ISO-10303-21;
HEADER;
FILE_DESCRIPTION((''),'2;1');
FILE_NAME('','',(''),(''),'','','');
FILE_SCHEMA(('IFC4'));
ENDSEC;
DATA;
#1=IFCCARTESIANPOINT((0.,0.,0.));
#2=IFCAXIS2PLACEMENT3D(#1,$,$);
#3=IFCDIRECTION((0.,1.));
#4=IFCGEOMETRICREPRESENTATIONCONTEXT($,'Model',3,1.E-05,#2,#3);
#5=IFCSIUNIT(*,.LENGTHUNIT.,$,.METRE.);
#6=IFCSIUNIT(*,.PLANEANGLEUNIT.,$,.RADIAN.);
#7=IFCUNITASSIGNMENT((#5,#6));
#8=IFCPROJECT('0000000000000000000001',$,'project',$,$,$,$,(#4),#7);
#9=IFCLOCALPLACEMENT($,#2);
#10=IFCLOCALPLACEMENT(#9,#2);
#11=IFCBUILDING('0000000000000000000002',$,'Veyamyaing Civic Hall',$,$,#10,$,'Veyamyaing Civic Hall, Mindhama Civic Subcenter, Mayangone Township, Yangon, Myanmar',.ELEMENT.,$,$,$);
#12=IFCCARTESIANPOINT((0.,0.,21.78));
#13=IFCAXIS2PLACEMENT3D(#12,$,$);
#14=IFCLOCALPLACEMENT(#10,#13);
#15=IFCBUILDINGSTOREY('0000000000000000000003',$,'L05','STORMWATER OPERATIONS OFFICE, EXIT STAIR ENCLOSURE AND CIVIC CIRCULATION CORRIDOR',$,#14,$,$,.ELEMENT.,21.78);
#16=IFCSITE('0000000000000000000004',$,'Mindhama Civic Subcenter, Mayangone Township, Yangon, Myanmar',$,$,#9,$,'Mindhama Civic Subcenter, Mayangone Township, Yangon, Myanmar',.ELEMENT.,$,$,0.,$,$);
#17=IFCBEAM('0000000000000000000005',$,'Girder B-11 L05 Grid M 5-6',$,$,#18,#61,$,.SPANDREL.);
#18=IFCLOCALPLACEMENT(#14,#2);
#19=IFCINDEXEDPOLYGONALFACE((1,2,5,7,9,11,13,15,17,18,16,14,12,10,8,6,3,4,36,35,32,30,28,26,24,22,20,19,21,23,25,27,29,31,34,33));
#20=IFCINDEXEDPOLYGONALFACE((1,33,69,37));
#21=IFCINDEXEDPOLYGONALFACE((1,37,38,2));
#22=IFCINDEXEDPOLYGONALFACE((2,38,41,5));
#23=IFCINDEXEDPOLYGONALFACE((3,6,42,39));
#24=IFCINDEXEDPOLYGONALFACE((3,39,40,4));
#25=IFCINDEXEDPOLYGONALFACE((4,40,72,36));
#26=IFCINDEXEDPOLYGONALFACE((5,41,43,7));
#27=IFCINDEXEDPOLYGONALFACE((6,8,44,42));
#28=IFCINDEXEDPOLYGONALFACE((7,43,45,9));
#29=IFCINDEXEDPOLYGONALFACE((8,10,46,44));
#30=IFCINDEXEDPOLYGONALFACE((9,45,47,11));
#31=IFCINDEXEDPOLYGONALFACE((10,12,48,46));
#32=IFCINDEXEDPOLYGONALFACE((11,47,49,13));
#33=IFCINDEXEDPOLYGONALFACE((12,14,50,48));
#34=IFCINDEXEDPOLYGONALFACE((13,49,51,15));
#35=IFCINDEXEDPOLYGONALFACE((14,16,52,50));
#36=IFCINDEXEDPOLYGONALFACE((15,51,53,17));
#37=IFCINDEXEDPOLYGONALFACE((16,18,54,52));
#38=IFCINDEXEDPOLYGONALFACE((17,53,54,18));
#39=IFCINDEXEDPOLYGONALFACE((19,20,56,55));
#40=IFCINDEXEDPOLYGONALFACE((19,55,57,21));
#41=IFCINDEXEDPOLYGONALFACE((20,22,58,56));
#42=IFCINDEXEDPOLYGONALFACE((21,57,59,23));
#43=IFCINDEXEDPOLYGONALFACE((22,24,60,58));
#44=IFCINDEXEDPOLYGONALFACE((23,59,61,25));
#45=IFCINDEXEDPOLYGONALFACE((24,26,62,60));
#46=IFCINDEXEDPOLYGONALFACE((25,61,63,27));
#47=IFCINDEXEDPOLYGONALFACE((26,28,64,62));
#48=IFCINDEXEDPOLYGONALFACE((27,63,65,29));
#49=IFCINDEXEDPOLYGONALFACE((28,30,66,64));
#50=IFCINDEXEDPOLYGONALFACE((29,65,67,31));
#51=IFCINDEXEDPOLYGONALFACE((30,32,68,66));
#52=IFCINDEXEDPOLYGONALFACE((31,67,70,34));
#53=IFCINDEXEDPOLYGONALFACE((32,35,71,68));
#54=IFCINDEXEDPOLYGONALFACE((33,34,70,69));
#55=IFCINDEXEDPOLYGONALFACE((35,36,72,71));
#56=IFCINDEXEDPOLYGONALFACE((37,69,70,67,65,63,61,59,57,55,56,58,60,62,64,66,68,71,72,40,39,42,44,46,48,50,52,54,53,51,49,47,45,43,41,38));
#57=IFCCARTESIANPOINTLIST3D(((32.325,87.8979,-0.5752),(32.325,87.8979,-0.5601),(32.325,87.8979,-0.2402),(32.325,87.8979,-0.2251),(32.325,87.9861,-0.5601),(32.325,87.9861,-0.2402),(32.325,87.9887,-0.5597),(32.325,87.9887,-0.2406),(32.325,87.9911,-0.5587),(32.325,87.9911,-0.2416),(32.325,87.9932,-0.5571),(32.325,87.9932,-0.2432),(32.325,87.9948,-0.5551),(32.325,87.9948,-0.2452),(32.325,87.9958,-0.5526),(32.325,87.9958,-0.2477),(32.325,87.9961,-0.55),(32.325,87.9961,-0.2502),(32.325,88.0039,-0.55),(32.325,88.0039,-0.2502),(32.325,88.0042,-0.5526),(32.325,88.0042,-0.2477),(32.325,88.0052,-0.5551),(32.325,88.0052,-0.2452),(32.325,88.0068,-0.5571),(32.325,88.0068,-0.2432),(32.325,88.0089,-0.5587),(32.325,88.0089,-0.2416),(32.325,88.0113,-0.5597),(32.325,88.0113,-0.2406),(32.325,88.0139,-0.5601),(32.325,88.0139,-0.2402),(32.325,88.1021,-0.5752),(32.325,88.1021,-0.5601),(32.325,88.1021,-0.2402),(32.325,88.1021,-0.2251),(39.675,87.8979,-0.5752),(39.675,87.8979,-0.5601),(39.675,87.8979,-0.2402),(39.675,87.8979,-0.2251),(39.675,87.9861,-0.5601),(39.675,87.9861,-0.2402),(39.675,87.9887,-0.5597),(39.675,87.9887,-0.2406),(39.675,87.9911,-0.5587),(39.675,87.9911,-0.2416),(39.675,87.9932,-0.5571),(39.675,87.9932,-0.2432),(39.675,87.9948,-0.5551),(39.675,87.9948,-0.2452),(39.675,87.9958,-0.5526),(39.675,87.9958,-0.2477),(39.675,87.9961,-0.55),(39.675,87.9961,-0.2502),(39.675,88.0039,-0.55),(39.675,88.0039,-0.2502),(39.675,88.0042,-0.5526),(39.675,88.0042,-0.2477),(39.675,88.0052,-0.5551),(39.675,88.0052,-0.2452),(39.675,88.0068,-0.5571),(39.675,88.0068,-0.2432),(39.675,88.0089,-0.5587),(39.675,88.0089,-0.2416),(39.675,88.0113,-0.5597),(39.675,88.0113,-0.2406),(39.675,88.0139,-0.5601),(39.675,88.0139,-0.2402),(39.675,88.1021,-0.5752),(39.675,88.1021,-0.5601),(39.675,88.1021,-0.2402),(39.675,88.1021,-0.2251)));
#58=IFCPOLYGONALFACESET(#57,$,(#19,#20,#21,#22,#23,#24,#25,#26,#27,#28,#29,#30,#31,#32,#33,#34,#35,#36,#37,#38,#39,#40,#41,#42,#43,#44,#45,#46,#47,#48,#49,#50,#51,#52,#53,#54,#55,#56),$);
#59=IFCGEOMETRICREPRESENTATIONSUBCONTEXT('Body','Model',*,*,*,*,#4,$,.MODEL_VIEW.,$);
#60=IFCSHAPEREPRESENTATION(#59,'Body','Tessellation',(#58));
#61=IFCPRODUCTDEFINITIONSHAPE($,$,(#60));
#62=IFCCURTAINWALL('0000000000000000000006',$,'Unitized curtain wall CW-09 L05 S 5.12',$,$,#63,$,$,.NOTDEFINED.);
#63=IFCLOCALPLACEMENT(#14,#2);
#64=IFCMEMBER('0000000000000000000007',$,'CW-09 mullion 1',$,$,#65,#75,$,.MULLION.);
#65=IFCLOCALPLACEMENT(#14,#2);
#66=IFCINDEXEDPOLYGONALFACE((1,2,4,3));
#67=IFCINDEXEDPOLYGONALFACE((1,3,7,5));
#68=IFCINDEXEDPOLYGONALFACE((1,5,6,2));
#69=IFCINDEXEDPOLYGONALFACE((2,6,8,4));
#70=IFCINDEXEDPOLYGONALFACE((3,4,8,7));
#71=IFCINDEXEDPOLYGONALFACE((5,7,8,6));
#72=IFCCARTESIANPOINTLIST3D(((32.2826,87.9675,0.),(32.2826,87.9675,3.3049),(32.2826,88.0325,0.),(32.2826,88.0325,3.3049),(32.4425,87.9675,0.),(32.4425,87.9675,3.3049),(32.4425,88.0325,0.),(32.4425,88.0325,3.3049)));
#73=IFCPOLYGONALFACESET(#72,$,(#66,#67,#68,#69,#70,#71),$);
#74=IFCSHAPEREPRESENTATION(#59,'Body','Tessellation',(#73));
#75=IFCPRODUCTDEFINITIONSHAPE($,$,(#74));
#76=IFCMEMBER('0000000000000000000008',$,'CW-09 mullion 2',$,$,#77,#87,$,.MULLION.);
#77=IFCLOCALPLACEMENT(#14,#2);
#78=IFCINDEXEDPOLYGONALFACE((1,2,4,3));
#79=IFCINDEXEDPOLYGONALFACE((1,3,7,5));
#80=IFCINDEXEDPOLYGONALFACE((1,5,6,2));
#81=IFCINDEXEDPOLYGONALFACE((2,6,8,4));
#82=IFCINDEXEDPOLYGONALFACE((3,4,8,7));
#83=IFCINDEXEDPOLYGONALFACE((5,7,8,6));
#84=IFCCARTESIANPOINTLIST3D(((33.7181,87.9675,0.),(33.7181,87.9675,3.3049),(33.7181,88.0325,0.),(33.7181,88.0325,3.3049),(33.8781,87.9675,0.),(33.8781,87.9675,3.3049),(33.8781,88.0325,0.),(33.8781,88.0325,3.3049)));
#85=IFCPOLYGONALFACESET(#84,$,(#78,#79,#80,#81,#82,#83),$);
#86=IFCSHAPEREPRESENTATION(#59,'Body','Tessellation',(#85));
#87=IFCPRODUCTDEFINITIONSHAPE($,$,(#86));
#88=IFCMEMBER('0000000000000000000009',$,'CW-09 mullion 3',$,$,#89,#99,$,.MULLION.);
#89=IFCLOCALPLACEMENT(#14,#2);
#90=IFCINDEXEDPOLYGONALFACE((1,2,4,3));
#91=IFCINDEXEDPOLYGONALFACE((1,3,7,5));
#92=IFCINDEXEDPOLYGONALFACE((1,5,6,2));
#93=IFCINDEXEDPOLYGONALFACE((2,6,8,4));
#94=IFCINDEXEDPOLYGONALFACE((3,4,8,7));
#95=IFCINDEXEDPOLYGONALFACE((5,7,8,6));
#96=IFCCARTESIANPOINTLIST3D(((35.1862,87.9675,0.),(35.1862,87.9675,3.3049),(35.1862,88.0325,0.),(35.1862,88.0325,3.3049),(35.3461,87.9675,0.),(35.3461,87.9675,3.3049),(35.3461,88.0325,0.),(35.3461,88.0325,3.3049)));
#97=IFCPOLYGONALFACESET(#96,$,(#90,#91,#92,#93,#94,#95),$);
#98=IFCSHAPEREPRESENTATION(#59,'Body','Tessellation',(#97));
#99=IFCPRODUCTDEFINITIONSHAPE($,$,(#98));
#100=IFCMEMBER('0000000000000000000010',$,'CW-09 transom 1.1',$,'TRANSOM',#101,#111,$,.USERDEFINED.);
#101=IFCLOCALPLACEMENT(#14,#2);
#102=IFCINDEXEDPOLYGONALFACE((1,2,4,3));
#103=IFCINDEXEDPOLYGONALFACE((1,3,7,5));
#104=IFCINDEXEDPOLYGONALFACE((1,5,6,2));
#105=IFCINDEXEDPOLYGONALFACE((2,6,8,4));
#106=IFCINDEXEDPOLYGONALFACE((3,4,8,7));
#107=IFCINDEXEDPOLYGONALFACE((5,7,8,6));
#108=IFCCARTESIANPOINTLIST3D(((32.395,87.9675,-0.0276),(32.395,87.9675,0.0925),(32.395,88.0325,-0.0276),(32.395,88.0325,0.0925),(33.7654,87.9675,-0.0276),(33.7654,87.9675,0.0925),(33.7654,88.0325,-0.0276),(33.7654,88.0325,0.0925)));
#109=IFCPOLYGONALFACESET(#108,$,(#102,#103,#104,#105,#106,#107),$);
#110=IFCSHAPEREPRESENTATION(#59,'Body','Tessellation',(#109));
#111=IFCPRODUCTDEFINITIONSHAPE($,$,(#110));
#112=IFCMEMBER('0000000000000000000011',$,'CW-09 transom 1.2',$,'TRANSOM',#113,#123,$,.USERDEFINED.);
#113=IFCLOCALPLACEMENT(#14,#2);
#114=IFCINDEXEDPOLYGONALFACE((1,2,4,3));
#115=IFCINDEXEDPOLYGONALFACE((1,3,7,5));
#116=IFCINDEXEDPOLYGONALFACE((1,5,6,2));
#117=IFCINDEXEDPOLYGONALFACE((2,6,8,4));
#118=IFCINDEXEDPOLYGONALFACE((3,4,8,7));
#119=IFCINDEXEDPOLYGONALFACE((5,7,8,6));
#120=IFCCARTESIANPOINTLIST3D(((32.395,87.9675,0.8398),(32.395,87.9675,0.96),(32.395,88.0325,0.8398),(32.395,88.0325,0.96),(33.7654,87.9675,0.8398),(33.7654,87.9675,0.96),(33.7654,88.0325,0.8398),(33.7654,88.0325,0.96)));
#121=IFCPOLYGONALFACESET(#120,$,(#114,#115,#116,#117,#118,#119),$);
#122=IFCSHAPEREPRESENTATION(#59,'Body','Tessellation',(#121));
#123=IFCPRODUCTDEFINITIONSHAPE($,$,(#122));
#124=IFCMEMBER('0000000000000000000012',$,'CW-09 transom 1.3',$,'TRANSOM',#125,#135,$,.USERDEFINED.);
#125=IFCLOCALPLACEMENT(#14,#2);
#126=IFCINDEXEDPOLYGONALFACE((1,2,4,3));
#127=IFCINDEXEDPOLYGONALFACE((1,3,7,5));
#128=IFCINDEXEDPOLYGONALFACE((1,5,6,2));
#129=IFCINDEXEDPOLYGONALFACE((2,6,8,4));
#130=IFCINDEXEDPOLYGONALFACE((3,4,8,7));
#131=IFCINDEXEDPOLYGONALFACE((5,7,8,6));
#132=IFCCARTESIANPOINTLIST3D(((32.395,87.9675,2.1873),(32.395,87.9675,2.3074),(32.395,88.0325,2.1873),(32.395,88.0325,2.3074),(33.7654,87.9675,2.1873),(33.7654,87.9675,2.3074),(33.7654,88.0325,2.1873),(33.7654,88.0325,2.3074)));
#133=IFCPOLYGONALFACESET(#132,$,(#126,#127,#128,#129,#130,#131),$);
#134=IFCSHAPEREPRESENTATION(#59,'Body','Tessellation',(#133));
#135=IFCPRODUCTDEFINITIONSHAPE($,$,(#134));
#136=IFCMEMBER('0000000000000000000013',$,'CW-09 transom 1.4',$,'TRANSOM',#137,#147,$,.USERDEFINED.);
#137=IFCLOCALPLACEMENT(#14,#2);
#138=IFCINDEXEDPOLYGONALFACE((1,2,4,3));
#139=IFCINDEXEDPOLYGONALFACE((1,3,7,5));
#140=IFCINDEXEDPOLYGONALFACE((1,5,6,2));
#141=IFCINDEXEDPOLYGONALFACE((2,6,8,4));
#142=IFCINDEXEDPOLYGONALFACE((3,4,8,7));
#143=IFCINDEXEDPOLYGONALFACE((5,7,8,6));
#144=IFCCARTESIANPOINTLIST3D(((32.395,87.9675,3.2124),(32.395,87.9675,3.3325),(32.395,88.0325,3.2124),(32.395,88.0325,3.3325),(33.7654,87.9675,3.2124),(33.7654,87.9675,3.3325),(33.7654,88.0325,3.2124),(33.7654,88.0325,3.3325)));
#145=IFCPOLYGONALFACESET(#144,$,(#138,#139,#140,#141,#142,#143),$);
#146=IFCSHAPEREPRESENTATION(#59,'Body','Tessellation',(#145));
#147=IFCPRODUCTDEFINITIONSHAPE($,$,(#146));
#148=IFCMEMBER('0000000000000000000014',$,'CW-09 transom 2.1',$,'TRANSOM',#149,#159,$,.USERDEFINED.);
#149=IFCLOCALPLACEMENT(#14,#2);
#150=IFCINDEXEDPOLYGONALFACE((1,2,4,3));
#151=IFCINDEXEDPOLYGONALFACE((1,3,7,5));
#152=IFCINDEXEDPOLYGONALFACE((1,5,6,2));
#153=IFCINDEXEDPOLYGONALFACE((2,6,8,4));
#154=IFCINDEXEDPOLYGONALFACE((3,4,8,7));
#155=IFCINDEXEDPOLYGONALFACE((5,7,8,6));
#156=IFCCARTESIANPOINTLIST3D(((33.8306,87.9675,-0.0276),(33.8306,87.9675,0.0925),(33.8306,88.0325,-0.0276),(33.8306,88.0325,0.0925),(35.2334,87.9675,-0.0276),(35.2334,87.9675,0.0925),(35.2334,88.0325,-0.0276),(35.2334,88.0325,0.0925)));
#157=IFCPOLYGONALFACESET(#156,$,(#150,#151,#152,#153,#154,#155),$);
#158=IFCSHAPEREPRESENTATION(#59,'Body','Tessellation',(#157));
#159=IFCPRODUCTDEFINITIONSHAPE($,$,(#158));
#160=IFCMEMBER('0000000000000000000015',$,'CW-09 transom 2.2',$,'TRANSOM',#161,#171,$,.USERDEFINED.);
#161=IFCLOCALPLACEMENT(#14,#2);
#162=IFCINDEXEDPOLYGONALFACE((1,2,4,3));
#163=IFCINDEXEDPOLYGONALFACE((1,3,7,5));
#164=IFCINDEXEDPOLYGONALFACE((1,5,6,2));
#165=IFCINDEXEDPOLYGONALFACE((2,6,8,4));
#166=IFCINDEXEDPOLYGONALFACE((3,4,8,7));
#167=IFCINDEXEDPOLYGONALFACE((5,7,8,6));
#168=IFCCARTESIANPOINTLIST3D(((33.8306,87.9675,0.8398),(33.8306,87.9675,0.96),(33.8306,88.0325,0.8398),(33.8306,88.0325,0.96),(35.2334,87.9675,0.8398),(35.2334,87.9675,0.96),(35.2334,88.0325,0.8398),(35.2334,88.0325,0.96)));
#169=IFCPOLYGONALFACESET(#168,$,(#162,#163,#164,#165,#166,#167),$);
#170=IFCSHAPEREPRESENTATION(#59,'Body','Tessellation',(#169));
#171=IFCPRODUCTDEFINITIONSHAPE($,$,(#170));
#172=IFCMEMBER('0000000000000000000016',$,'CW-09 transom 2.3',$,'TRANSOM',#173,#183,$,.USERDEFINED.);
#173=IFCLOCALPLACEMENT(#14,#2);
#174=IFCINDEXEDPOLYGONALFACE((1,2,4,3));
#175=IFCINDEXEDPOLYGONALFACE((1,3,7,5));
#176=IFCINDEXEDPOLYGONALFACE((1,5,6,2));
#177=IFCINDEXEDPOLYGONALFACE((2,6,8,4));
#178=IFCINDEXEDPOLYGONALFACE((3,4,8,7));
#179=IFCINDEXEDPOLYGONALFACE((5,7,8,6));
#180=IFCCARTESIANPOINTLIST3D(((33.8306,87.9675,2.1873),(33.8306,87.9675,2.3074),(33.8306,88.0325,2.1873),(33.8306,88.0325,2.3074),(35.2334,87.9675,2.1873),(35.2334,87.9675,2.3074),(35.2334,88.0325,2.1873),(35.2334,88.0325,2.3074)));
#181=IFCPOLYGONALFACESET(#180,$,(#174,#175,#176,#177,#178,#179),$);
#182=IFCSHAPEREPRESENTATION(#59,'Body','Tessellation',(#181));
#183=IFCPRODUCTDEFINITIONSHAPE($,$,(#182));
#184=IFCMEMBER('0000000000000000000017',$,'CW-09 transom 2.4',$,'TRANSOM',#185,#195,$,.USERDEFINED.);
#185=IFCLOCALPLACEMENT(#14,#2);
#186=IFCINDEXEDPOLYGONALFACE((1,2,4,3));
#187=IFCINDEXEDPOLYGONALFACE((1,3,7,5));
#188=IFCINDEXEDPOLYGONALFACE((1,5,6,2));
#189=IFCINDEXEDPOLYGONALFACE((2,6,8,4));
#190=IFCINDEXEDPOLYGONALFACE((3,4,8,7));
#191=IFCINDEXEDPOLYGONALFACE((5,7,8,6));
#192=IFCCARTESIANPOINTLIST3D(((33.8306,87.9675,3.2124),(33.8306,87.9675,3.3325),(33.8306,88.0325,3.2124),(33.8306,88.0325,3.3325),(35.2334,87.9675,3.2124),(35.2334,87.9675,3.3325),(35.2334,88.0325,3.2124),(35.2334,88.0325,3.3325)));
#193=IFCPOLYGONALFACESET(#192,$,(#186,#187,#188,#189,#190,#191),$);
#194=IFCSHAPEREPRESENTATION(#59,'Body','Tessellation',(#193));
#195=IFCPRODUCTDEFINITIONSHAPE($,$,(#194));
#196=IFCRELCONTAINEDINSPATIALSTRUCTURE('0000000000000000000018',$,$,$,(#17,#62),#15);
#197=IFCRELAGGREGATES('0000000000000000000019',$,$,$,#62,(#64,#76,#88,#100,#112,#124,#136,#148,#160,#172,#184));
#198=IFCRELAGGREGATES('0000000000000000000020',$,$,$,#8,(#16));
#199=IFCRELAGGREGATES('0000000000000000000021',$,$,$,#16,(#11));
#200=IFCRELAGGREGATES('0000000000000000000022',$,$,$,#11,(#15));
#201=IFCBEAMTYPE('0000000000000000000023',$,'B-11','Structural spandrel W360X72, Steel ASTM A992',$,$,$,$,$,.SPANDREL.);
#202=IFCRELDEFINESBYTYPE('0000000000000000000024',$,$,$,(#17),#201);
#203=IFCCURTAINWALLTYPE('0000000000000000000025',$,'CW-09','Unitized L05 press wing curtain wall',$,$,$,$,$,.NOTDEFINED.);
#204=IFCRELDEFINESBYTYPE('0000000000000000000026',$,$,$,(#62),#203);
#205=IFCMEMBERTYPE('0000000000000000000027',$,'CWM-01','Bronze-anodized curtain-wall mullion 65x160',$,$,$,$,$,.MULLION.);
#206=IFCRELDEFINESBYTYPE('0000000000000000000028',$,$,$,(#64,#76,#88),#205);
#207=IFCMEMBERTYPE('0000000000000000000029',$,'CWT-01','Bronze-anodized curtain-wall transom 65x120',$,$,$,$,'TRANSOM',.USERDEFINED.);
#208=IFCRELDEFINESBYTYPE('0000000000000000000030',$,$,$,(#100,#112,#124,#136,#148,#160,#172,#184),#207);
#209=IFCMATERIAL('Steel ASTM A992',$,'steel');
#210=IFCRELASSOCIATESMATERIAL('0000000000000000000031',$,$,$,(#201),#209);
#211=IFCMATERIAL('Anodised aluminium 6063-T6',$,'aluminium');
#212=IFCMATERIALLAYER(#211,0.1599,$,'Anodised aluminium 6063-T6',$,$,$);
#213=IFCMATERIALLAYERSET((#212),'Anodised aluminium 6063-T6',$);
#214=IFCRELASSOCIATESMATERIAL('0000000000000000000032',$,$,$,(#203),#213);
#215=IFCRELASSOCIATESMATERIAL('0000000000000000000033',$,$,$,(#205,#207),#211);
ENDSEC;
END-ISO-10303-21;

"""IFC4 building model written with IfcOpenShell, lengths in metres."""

from ifc_helpers import new_model, si_unit, direction, frame, origin, origin_2d, place, context, subcontext, project, spatial, rectangle, i_section, extrude, material, layer, layer_set, material_profile, profile_set, type_object, element, aggregate, save


model = new_model("IFC4")

# Units and contexts
model_context = context("Model", 3, precision=1e-05, world=origin(), true_north=direction((0.0, 1.0)))
body_context = subcontext(model_context, "Body", "Model", "MODEL_VIEW")
ifc_project = project(units=[si_unit("LENGTHUNIT", "METRE"), si_unit("PLANEANGLEUNIT", "RADIAN")], contexts=[model_context])

# Site, building, storey
site_placement = place(None, origin())
site = spatial("IfcSite", under=ifc_project, at=site_placement, Name="Mindhama Civic Subcenter, Mayangone Township, Yangon, Myanmar", LongName="Mindhama Civic Subcenter, Mayangone Township, Yangon, Myanmar", CompositionType="ELEMENT", RefElevation=0.0)
building_placement = place(site_placement, origin())
building = spatial("IfcBuilding", under=site, at=building_placement, Name="Veyamyaing Civic Hall", LongName="Veyamyaing Civic Hall, Mindhama Civic Subcenter, Mayangone Township, Yangon, Myanmar", CompositionType="ELEMENT")
storey_placement = place(building_placement, frame((0.0, 0.0, 21.78)))
storey = spatial("IfcBuildingStorey", under=building, at=storey_placement, Name="L05", Description="STORMWATER OPERATIONS OFFICE, EXIT STAIR ENCLOSURE AND CIVIC CIRCULATION CORRIDOR", CompositionType="ELEMENT", Elevation=21.78)

# Beam
ifc_material_1 = material(Name="Steel ASTM A992", Category="steel")
ifc_material_profile_1 = material_profile(ifc_material_1, i_section(OverallWidth=0.2041, OverallDepth=0.3501, WebThickness=0.0078, FlangeThickness=0.0151, FilletRadius=0.01, at=origin_2d()), Name="W360X72")
ifc_profile_set_1 = profile_set([ifc_material_profile_1], Name="Steel ASTM A992")
beam_type = type_object("IfcBeamType", Name="B-11", Description="Structural spandrel W360X72, Steel ASTM A992", PredefinedType="SPANDREL", material=ifc_profile_set_1)
beam_placement = place(storey_placement, frame((32.325, 88.0, -0.4001), z_axis=(1.0, 0.0, 0.0), x_axis=(0.0, 1.0, 0.0)))
element("IfcBeam", 1, at=beam_placement, inside=storey, type_object=beam_type, Name="Girder B-11 L05 Grid M 5-6", PredefinedType="SPANDREL", context=body_context, shape_type="SweptSolid", body=[
    extrude(i_section(OverallWidth=0.2041, OverallDepth=0.3501, WebThickness=0.0078, FlangeThickness=0.0151, FilletRadius=0.01, at=origin_2d()), origin(), (0.0, 0.0, 1.0), 7.3501),
])

# Curtain wall, members
ifc_material_2 = material(Name="Anodised aluminium 6063-T6", Category="aluminium")
ifc_layer_1 = layer(ifc_material_2, 0.1599, Name="Anodised aluminium 6063-T6")
ifc_layer_set_1 = layer_set([ifc_layer_1], Name="Anodised aluminium 6063-T6")
curtain_wall_type = type_object("IfcCurtainWallType", Name="CW-09", Description="Unitized L05 press wing curtain wall", PredefinedType="NOTDEFINED", material=ifc_layer_set_1)
curtain_wall_placement = place(storey_placement, origin())
curtain_wall = element("IfcCurtainWall", 2, at=curtain_wall_placement, inside=storey, type_object=curtain_wall_type, Name="Unitized curtain wall CW-09 L05 S 5.12", PredefinedType="NOTDEFINED")
ifc_material_profile_2 = material_profile(ifc_material_2, rectangle(XDim=0.0649, YDim=0.1599, at=origin_2d()), Name="ALU-MUL-65X160")
ifc_profile_set_2 = profile_set([ifc_material_profile_2], Name="Anodised aluminium 6063-T6")
member_type_1 = type_object("IfcMemberType", Name="CWM-01", Description="Bronze-anodized curtain-wall mullion 65x160", PredefinedType="MULLION", material=ifc_profile_set_2)
member_1_placement = place(storey_placement, frame((32.3625, 88.0, 0.0), z_axis=(0.0, 0.0, 1.0), x_axis=(0.0, 1.0, 0.0)))
member_1 = element("IfcMember", 3, at=member_1_placement, type_object=member_type_1, Name="CW-09 mullion 1", PredefinedType="MULLION", context=body_context, shape_type="SweptSolid", body=[
    extrude(rectangle(XDim=0.0649, YDim=0.1599, at=origin_2d()), origin(), (0.0, 0.0, 1.0), 3.3049),
])
member_2_placement = place(storey_placement, frame((33.7981, 88.0, 0.0), z_axis=(0.0, 0.0, 1.0), x_axis=(0.0, 1.0, 0.0)))
member_2 = element("IfcMember", 4, at=member_2_placement, type_object=member_type_1, Name="CW-09 mullion 2", PredefinedType="MULLION", context=body_context, shape_type="SweptSolid", body=[
    extrude(rectangle(XDim=0.0649, YDim=0.1599, at=origin_2d()), origin(), (0.0, 0.0, 1.0), 3.3049),
])
member_3_placement = place(storey_placement, frame((35.2661, 88.0, 0.0), z_axis=(0.0, 0.0, 1.0), x_axis=(0.0, 1.0, 0.0)))
member_3 = element("IfcMember", 5, at=member_3_placement, type_object=member_type_1, Name="CW-09 mullion 3", PredefinedType="MULLION", context=body_context, shape_type="SweptSolid", body=[
    extrude(rectangle(XDim=0.0649, YDim=0.1599, at=origin_2d()), origin(), (0.0, 0.0, 1.0), 3.3049),
])
ifc_material_profile_3 = material_profile(ifc_material_2, rectangle(XDim=0.0649, YDim=0.1201, at=origin_2d()), Name="ALU-TRN-65X120")
ifc_profile_set_3 = profile_set([ifc_material_profile_3], Name="Anodised aluminium 6063-T6")
member_type_2 = type_object("IfcMemberType", Name="CWT-01", Description="Bronze-anodized curtain-wall transom 65x120", ElementType="TRANSOM", PredefinedType="USERDEFINED", material=ifc_profile_set_3)
member_4_placement = place(storey_placement, frame((32.395, 88.0, 0.0325), z_axis=(1.0, 0.0, 0.0), x_axis=(0.0, 1.0, 0.0)))
member_4 = element("IfcMember", 6, at=member_4_placement, type_object=member_type_2, Name="CW-09 transom 1.1", ObjectType="TRANSOM", PredefinedType="USERDEFINED", context=body_context, shape_type="SweptSolid", body=[
    extrude(rectangle(XDim=0.0649, YDim=0.1201, at=origin_2d()), origin(), (0.0, 0.0, 1.0), 1.3704),
])
member_5_placement = place(storey_placement, frame((32.395, 88.0, 0.8999), z_axis=(1.0, 0.0, 0.0), x_axis=(0.0, 1.0, 0.0)))
member_5 = element("IfcMember", 7, at=member_5_placement, type_object=member_type_2, Name="CW-09 transom 1.2", ObjectType="TRANSOM", PredefinedType="USERDEFINED", context=body_context, shape_type="SweptSolid", body=[
    extrude(rectangle(XDim=0.0649, YDim=0.1201, at=origin_2d()), origin(), (0.0, 0.0, 1.0), 1.3704),
])
member_6_placement = place(storey_placement, frame((32.395, 88.0, 2.2473), z_axis=(1.0, 0.0, 0.0), x_axis=(0.0, 1.0, 0.0)))
member_6 = element("IfcMember", 8, at=member_6_placement, type_object=member_type_2, Name="CW-09 transom 1.3", ObjectType="TRANSOM", PredefinedType="USERDEFINED", context=body_context, shape_type="SweptSolid", body=[
    extrude(rectangle(XDim=0.0649, YDim=0.1201, at=origin_2d()), origin(), (0.0, 0.0, 1.0), 1.3704),
])
member_7_placement = place(storey_placement, frame((32.395, 88.0, 3.2725), z_axis=(1.0, 0.0, 0.0), x_axis=(0.0, 1.0, 0.0)))
member_7 = element("IfcMember", 9, at=member_7_placement, type_object=member_type_2, Name="CW-09 transom 1.4", ObjectType="TRANSOM", PredefinedType="USERDEFINED", context=body_context, shape_type="SweptSolid", body=[
    extrude(rectangle(XDim=0.0649, YDim=0.1201, at=origin_2d()), origin(), (0.0, 0.0, 1.0), 1.3704),
])
member_8_placement = place(storey_placement, frame((33.8306, 88.0, 0.0325), z_axis=(1.0, 0.0, 0.0), x_axis=(0.0, 1.0, 0.0)))
member_8 = element("IfcMember", 10, at=member_8_placement, type_object=member_type_2, Name="CW-09 transom 2.1", ObjectType="TRANSOM", PredefinedType="USERDEFINED", context=body_context, shape_type="SweptSolid", body=[
    extrude(rectangle(XDim=0.0649, YDim=0.1201, at=origin_2d()), origin(), (0.0, 0.0, 1.0), 1.4028),
])
member_9_placement = place(storey_placement, frame((33.8306, 88.0, 0.8999), z_axis=(1.0, 0.0, 0.0), x_axis=(0.0, 1.0, 0.0)))
member_9 = element("IfcMember", 11, at=member_9_placement, type_object=member_type_2, Name="CW-09 transom 2.2", ObjectType="TRANSOM", PredefinedType="USERDEFINED", context=body_context, shape_type="SweptSolid", body=[
    extrude(rectangle(XDim=0.0649, YDim=0.1201, at=origin_2d()), origin(), (0.0, 0.0, 1.0), 1.4028),
])
member_10_placement = place(storey_placement, frame((33.8306, 88.0, 2.2473), z_axis=(1.0, 0.0, 0.0), x_axis=(0.0, 1.0, 0.0)))
member_10 = element("IfcMember", 12, at=member_10_placement, type_object=member_type_2, Name="CW-09 transom 2.3", ObjectType="TRANSOM", PredefinedType="USERDEFINED", context=body_context, shape_type="SweptSolid", body=[
    extrude(rectangle(XDim=0.0649, YDim=0.1201, at=origin_2d()), origin(), (0.0, 0.0, 1.0), 1.4028),
])
member_11_placement = place(storey_placement, frame((33.8306, 88.0, 3.2725), z_axis=(1.0, 0.0, 0.0), x_axis=(0.0, 1.0, 0.0)))
member_11 = element("IfcMember", 13, at=member_11_placement, type_object=member_type_2, Name="CW-09 transom 2.4", ObjectType="TRANSOM", PredefinedType="USERDEFINED", context=body_context, shape_type="SweptSolid", body=[
    extrude(rectangle(XDim=0.0649, YDim=0.1201, at=origin_2d()), origin(), (0.0, 0.0, 1.0), 1.4028),
])
aggregate(curtain_wall, [member_1, member_2, member_3, member_4, member_5, member_6, member_7, member_8, member_9, member_10, member_11])

save(model, "model.ifc")
